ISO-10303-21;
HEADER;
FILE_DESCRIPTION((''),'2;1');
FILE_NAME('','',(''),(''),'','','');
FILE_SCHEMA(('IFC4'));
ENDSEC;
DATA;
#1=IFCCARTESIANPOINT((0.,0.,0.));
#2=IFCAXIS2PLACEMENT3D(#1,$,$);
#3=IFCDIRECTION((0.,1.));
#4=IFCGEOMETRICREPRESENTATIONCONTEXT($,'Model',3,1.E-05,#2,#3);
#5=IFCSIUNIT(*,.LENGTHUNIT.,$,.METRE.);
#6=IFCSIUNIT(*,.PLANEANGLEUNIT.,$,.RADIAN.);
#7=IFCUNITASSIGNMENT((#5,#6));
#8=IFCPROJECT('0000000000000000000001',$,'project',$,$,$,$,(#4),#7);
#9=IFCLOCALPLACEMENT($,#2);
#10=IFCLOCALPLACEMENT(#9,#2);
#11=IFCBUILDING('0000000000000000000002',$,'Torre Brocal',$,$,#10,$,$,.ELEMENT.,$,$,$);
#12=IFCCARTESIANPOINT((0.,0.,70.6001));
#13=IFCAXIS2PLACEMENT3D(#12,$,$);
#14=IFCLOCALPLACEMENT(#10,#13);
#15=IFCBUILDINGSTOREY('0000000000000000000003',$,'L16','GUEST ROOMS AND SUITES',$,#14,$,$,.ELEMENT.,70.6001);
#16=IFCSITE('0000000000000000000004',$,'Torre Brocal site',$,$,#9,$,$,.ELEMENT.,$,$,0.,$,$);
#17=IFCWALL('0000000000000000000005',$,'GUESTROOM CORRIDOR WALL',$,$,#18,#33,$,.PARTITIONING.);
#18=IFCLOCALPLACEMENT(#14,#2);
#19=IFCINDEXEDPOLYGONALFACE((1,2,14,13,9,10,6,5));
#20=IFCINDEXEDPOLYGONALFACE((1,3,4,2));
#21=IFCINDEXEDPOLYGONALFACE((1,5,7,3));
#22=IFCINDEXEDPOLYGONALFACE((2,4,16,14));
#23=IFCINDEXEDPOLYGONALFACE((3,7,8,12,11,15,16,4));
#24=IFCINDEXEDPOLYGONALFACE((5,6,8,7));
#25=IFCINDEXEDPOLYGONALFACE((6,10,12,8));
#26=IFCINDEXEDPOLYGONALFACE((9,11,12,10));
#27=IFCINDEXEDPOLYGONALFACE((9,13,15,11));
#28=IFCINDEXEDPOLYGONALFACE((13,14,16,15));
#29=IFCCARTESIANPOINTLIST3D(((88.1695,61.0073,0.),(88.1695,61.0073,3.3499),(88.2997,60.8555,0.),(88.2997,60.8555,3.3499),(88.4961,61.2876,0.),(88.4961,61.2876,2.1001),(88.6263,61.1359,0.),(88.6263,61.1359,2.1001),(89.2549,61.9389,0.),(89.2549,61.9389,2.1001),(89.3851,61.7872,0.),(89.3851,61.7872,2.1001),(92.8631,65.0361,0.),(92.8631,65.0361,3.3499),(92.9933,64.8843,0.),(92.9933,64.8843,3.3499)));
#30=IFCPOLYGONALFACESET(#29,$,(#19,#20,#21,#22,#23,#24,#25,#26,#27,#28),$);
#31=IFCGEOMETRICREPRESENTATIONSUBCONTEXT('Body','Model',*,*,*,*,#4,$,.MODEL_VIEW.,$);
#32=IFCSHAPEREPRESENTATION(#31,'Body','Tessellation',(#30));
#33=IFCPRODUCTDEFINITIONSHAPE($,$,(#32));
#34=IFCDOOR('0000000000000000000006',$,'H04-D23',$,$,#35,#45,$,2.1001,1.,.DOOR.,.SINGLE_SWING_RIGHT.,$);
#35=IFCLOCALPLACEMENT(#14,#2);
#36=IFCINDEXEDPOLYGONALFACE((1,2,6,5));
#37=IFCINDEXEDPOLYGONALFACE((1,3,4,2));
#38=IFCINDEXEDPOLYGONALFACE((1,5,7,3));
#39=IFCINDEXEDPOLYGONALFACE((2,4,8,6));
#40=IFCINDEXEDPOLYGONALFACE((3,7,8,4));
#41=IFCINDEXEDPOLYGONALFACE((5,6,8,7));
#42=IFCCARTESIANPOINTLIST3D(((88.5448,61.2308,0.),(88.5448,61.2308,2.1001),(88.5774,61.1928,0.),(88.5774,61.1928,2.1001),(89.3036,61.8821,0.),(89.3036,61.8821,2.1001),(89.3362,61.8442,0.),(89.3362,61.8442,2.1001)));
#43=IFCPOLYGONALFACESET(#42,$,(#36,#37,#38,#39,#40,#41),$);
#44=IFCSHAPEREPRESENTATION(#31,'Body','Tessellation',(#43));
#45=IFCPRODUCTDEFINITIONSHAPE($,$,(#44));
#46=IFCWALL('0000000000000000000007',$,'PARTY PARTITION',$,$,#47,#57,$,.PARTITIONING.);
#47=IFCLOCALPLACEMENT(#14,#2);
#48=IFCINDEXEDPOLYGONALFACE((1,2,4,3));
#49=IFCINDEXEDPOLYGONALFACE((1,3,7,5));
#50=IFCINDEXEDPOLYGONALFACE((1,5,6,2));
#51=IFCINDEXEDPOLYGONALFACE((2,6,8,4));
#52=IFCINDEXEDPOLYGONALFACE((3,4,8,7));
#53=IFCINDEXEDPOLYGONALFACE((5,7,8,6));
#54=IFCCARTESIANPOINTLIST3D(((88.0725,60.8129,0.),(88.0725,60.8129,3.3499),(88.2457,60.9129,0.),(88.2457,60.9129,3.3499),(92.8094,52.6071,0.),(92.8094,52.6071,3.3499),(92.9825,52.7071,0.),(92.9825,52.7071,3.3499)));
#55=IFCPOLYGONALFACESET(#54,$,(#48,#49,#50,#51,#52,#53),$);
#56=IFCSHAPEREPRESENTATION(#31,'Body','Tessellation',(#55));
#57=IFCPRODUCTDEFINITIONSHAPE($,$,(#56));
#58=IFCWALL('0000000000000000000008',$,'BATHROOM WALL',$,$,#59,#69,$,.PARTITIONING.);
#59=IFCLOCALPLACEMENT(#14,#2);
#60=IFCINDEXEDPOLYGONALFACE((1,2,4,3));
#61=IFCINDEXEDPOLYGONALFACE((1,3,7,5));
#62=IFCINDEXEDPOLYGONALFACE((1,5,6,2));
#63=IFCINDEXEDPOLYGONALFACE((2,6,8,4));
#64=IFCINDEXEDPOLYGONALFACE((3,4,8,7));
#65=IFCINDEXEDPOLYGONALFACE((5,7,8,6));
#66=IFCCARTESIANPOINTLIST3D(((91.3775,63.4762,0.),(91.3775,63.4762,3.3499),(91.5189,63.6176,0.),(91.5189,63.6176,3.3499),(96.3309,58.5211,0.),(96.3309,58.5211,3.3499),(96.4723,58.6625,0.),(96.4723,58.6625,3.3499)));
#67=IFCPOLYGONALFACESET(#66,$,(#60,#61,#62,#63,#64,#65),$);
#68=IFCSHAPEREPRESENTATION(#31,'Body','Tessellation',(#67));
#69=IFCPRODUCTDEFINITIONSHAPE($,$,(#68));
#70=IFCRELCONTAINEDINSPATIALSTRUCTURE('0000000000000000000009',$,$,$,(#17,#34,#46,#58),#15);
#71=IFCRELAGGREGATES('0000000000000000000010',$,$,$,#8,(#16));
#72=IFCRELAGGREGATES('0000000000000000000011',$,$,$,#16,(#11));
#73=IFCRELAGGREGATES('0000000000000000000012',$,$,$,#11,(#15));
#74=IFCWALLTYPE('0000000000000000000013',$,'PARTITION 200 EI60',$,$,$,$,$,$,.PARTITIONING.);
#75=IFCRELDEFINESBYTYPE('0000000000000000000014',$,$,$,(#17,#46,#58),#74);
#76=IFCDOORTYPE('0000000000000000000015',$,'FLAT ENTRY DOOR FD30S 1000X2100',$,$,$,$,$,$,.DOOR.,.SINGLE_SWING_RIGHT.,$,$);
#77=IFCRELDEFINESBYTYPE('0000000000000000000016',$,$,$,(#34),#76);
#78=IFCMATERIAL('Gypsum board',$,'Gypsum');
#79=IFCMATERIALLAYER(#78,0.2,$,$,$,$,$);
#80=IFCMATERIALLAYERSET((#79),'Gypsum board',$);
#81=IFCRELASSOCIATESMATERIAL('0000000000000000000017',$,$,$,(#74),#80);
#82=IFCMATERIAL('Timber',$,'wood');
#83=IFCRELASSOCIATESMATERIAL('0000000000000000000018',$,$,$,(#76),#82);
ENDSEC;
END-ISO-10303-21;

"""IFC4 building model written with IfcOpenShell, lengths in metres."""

from ifc_helpers import new_model, si_unit, direction, frame, frame_2d, origin, place, context, subcontext, project, spatial, rectangle, extrude, material, layer, layer_set, type_object, element, fill, save


model = new_model("IFC4")

# Units and contexts
model_context = context("Model", 3, precision=1e-05, world=origin(), true_north=direction((0.0, 1.0)))
body_context = subcontext(model_context, "Body", "Model", "MODEL_VIEW")
ifc_project = project(units=[si_unit("LENGTHUNIT", "METRE"), si_unit("PLANEANGLEUNIT", "RADIAN")], contexts=[model_context])

# Site, building, storey
site_placement = place(None, origin())
site = spatial("IfcSite", under=ifc_project, at=site_placement, Name="Torre Brocal site", CompositionType="ELEMENT", RefElevation=0.0)
building_placement = place(site_placement, origin())
building = spatial("IfcBuilding", under=site, at=building_placement, Name="Torre Brocal", CompositionType="ELEMENT")
storey_placement = place(building_placement, frame((0.0, 0.0, 70.6001)))
storey = spatial("IfcBuildingStorey", under=building, at=storey_placement, Name="L16", Description="GUEST ROOMS AND SUITES", CompositionType="ELEMENT", Elevation=70.6001)

# Shared definitions
ifc_material_1 = material(Name="Gypsum board", Category="Gypsum")
ifc_layer_1 = layer(ifc_material_1, 0.2)
ifc_layer_set_1 = layer_set([ifc_layer_1], Name="Gypsum board")
wall_type_1 = type_object("IfcWallType", Name="PARTITION 200 EI60", PredefinedType="PARTITIONING", material=ifc_layer_set_1)

# Wall, opening, door
wall_1_placement = place(storey_placement, frame((88.2346, 60.9314, 0.0), z_axis=(0.0, 0.0, 1.0), x_axis=(0.758799, 0.651324, 0.0)))
wall_1 = element("IfcWall", 1, at=wall_1_placement, inside=storey, type_object=wall_type_1, Name="GUESTROOM CORRIDOR WALL", PredefinedType="PARTITIONING", context=body_context, shape_type="SweptSolid", body=[
    extrude(rectangle(XDim=6.1855, YDim=0.2, at=frame_2d((3.0928, 0.0))), origin(), (0.0, 0.0, 1.0), 3.3499),
])
opening_1_placement = place(wall_1_placement, frame((0.4304, 0.0, 0.0)))
opening_1 = element("IfcOpeningElement", 2, at=opening_1_placement, cuts=wall_1, PredefinedType="OPENING", context=body_context, shape_type="SweptSolid", body=[
    extrude(rectangle(XDim=1.0, YDim=2.1001, at=frame_2d((0.5, 1.05))), frame((0.0, 0.1099, 0.0), z_axis=(0.0, -1.0, 0.0), x_axis=(1.0, 0.0, 0.0)), (0.0, 0.0, 1.0), 0.22),
])
ifc_material_2 = material(Name="Timber", Category="wood")
door_type_1 = type_object("IfcDoorType", Name="FLAT ENTRY DOOR FD30S 1000X2100", OperationType="SINGLE_SWING_RIGHT", PredefinedType="DOOR", material=ifc_material_2)
door_1_placement = place(opening_1_placement, frame((1.0, 0.0, 0.0), z_axis=(0.0, 0.0, 1.0), x_axis=(-1.0, 0.0, 0.0)))
door_1 = element("IfcDoor", 3, at=door_1_placement, inside=storey, type_object=door_type_1, Name="H04-D23", OperationType="SINGLE_SWING_RIGHT", OverallHeight=2.1001, OverallWidth=1.0, PredefinedType="DOOR", context=body_context, shape_type="SweptSolid", body=[
    extrude(rectangle(XDim=1.0, YDim=2.1001, at=frame_2d((0.5, 1.05))), frame((0.0, 0.0249, 0.0), z_axis=(0.0, -1.0, 0.0), x_axis=(1.0, 0.0, 0.0)), (0.0, 0.0, 1.0), 0.05),
])
fill(opening_1, door_1)

# Walls
wall_2_placement = place(storey_placement, frame((88.1592, 60.8628, 0.0), z_axis=(0.0, 0.0, 1.0), x_axis=(0.499936, -0.866062, 0.0)))
element("IfcWall", 4, at=wall_2_placement, inside=storey, type_object=wall_type_1, Name="PARTY PARTITION", PredefinedType="PARTITIONING", context=body_context, shape_type="SweptSolid", body=[
    extrude(rectangle(XDim=9.4749, YDim=0.2, at=frame_2d((4.7373, 0.0))), origin(), (0.0, 0.0, 1.0), 3.3499),
])
wall_3_placement = place(storey_placement, frame((91.4482, 63.5469, 0.0), z_axis=(0.0, 0.0, 1.0), x_axis=(0.706985, -0.707229, 0.0)))
element("IfcWall", 5, at=wall_3_placement, inside=storey, type_object=wall_type_1, Name="BATHROOM WALL", PredefinedType="PARTITIONING", context=body_context, shape_type="SweptSolid", body=[
    extrude(rectangle(XDim=7.0063, YDim=0.2, at=frame_2d((3.5032, 0.0))), origin(), (0.0, 0.0, 1.0), 3.3499),
])

save(model, "model.ifc")
